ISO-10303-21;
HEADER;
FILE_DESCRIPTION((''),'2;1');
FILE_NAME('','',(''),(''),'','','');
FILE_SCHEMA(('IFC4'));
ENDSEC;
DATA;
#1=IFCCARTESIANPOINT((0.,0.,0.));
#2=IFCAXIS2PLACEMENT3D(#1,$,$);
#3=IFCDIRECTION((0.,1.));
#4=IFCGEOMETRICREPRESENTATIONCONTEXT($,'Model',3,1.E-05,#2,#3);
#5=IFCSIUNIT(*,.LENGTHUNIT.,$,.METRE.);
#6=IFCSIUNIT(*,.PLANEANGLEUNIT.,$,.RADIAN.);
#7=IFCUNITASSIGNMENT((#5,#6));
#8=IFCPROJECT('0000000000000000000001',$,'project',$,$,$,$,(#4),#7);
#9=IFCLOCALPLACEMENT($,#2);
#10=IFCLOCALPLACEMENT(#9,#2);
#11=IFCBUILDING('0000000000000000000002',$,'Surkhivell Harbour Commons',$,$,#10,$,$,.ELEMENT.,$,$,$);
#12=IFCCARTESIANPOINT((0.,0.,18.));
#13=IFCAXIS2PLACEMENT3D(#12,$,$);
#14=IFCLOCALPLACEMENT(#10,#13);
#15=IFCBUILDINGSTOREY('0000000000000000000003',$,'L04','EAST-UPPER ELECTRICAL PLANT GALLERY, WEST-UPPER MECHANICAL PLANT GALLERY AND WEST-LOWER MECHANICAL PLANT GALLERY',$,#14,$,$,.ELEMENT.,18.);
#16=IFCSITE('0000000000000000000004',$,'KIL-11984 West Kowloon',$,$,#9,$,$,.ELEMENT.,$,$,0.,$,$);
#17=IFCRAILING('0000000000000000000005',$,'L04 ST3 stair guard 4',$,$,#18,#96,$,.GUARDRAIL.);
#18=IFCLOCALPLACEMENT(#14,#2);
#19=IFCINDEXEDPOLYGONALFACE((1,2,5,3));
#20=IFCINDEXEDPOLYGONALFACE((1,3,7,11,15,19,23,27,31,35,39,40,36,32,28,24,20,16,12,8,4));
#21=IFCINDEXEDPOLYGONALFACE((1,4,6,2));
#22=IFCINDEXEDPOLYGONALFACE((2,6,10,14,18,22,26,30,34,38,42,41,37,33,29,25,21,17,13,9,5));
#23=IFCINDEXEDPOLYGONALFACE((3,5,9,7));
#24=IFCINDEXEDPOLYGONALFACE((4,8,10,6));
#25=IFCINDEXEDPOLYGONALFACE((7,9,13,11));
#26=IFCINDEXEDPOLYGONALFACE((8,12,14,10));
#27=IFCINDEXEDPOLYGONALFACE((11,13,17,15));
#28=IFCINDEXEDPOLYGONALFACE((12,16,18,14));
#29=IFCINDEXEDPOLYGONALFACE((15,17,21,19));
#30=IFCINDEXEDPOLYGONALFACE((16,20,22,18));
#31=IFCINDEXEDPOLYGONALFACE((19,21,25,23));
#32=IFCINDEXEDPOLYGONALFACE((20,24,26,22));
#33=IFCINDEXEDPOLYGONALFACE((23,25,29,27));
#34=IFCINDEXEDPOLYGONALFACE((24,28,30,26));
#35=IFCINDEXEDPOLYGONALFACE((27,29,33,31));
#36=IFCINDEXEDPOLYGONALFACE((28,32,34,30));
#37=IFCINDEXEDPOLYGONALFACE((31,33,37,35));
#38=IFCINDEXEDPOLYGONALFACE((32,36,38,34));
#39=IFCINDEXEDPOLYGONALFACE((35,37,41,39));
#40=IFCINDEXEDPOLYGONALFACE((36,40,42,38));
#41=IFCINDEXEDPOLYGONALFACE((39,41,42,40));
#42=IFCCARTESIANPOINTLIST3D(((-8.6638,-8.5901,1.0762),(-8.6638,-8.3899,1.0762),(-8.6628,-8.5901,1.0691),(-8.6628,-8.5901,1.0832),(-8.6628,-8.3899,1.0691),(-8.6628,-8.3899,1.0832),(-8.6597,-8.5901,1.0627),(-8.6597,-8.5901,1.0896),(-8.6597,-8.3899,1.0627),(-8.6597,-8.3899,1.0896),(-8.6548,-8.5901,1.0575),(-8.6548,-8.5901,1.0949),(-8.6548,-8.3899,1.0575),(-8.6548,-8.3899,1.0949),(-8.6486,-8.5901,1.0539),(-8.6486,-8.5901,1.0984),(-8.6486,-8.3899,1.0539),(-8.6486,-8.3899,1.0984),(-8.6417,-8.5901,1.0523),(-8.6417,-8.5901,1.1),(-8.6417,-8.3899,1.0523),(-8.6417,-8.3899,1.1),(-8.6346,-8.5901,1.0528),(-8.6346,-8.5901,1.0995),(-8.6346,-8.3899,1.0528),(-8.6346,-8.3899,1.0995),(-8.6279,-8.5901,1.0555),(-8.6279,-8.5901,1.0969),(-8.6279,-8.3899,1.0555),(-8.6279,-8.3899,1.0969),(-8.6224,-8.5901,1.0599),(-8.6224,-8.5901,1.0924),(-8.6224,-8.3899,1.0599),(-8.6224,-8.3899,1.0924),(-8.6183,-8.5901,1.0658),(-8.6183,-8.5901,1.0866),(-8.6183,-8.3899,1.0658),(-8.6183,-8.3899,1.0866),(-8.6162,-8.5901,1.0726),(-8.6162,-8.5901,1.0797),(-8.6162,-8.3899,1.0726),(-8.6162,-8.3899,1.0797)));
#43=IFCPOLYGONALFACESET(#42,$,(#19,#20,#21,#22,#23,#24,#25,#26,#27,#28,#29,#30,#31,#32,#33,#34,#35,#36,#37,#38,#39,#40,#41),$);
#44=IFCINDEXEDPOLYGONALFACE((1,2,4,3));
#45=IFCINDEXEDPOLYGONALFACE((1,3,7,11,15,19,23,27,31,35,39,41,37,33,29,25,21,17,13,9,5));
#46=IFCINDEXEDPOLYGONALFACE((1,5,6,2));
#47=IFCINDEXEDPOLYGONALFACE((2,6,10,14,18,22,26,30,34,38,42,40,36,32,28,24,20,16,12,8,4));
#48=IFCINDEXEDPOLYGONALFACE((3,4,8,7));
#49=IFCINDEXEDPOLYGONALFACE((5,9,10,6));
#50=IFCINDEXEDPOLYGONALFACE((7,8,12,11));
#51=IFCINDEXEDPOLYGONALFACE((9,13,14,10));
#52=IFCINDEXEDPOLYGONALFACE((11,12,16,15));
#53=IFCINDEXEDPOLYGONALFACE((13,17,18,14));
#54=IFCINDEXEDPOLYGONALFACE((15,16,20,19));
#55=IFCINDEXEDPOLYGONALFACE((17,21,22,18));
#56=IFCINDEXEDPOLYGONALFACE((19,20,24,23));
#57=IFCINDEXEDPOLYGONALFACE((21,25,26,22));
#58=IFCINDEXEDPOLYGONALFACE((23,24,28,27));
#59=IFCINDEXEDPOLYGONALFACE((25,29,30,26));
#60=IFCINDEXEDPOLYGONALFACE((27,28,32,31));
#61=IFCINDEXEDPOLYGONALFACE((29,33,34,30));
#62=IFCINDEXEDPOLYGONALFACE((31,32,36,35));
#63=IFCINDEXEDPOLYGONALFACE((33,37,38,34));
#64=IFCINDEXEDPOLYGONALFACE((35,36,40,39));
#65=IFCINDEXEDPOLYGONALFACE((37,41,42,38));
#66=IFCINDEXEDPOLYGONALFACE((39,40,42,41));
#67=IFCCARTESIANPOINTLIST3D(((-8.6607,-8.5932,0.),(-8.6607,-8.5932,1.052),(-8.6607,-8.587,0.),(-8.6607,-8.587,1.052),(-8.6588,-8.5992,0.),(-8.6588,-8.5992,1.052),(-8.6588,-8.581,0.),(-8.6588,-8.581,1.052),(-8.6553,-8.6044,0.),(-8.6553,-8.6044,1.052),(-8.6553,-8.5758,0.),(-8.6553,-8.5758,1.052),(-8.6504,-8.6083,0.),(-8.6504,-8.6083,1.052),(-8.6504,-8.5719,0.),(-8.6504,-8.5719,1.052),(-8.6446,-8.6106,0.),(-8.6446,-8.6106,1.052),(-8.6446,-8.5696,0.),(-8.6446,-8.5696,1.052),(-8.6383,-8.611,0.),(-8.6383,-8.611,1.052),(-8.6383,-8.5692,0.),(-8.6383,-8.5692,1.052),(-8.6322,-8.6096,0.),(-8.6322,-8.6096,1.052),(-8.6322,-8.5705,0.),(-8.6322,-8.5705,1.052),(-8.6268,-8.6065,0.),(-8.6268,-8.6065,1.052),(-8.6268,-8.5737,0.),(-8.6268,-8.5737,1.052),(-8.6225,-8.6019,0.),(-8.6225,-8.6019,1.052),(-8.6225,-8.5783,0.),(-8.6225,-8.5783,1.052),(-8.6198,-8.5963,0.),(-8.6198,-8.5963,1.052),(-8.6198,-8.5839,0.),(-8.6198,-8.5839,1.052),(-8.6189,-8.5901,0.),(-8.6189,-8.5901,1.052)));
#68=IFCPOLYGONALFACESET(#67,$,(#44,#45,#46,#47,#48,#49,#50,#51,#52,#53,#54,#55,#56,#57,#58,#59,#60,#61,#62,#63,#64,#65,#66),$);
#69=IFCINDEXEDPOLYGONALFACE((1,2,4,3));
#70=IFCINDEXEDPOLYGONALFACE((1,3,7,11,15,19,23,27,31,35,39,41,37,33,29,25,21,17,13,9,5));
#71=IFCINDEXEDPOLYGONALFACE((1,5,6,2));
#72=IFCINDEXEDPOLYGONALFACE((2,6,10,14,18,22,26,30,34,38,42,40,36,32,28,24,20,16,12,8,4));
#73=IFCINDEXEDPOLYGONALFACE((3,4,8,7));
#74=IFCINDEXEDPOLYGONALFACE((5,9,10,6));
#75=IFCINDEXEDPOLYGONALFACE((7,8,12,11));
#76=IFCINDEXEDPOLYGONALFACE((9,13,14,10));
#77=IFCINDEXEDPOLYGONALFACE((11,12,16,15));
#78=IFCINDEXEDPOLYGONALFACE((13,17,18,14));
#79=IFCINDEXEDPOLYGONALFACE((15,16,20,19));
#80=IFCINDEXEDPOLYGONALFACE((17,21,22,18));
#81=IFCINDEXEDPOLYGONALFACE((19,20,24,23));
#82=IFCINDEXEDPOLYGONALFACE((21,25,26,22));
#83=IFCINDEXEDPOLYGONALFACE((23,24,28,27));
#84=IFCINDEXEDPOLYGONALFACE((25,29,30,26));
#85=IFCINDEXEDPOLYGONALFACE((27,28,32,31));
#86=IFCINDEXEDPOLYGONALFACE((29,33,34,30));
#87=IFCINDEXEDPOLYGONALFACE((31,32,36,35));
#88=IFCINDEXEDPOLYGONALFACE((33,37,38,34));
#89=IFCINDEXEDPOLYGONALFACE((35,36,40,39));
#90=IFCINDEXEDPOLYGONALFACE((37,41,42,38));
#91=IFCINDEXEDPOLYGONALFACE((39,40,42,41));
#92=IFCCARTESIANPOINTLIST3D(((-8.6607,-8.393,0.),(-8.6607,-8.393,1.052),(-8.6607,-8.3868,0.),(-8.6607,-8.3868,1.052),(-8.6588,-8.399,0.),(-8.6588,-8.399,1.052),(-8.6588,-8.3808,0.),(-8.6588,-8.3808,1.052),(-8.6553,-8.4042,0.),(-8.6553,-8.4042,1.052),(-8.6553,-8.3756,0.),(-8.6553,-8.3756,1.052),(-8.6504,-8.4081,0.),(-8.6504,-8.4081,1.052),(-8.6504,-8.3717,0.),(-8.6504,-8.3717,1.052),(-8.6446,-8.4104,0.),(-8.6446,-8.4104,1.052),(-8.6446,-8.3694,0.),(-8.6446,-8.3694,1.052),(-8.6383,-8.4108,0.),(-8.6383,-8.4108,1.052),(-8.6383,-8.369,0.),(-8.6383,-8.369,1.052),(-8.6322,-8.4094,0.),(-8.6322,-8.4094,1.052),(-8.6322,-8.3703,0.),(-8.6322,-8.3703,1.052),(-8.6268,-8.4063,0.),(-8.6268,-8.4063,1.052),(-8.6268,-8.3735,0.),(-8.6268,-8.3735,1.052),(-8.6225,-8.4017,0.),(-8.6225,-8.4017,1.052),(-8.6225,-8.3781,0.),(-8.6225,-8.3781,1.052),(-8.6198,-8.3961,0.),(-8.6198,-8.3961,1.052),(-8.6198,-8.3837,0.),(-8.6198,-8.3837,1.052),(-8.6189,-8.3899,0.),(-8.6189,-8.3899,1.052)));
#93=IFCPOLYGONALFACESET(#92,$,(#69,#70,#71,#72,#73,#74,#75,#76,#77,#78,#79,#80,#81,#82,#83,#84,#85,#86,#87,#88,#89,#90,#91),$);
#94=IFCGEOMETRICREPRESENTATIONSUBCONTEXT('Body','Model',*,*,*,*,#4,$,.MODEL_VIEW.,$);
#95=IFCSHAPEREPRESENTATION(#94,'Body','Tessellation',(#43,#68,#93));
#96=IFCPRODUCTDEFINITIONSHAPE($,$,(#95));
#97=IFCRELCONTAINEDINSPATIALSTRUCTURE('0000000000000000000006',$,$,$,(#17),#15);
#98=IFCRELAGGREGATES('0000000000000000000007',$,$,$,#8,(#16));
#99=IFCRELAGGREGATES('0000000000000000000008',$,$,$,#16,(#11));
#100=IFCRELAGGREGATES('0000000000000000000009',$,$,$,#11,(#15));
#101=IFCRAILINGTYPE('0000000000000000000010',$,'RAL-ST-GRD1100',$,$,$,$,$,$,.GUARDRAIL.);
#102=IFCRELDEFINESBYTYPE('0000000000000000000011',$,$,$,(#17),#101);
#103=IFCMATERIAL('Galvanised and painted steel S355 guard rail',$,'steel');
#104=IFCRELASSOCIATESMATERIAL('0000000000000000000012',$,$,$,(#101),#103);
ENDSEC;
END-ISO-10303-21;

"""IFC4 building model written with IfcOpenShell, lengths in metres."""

from ifc_helpers import new_model, si_unit, direction, frame, origin, origin_2d, place, context, subcontext, project, spatial, circle, extrude, material, type_object, element, save


model = new_model("IFC4")

# Units and contexts
model_context = context("Model", 3, precision=1e-05, world=origin(), true_north=direction((0.0, 1.0)))
body_context = subcontext(model_context, "Body", "Model", "MODEL_VIEW")
ifc_project = project(units=[si_unit("LENGTHUNIT", "METRE"), si_unit("PLANEANGLEUNIT", "RADIAN")], contexts=[model_context])

# Site, building, storey
site_placement = place(None, origin())
site = spatial("IfcSite", under=ifc_project, at=site_placement, Name="KIL-11984 West Kowloon", CompositionType="ELEMENT", RefElevation=0.0)
building_placement = place(site_placement, origin())
building = spatial("IfcBuilding", under=site, at=building_placement, Name="Surkhivell Harbour Commons", CompositionType="ELEMENT")
storey_placement = place(building_placement, frame((0.0, 0.0, 18.0)))
storey = spatial("IfcBuildingStorey", under=building, at=storey_placement, Name="L04", Description="EAST-UPPER ELECTRICAL PLANT GALLERY, WEST-UPPER MECHANICAL PLANT GALLERY AND WEST-LOWER MECHANICAL PLANT GALLERY", CompositionType="ELEMENT", Elevation=18.0)

# Railing
ifc_material_1 = material(Name="Galvanised and painted steel S355 guard rail", Category="steel")
railing_type_1 = type_object("IfcRailingType", Name="RAL-ST-GRD1100", PredefinedType="GUARDRAIL", material=ifc_material_1)
railing_1_placement = place(storey_placement, frame((-8.6399, -8.5901, 0.0)))
element("IfcRailing", 1, at=railing_1_placement, inside=storey, type_object=railing_type_1, Name="L04 ST3 stair guard 4", PredefinedType="GUARDRAIL", context=body_context, shape_type="SweptSolid", body=[
    extrude(circle(Radius=0.0239, at=origin_2d()), frame((0.0, 0.0, 1.0762), z_axis=(0.0, 1.0, 0.0), x_axis=(-1.0, 0.0, 0.0)), (0.0, 0.0, 1.0), 0.2002),
    extrude(circle(Radius=0.021, at=origin_2d()), origin(), (0.0, 0.0, 1.0), 1.052),
    extrude(circle(Radius=0.021, at=origin_2d()), frame((0.0, 0.2002, 0.0)), (0.0, 0.0, 1.0), 1.052),
])

save(model, "model.ifc")
